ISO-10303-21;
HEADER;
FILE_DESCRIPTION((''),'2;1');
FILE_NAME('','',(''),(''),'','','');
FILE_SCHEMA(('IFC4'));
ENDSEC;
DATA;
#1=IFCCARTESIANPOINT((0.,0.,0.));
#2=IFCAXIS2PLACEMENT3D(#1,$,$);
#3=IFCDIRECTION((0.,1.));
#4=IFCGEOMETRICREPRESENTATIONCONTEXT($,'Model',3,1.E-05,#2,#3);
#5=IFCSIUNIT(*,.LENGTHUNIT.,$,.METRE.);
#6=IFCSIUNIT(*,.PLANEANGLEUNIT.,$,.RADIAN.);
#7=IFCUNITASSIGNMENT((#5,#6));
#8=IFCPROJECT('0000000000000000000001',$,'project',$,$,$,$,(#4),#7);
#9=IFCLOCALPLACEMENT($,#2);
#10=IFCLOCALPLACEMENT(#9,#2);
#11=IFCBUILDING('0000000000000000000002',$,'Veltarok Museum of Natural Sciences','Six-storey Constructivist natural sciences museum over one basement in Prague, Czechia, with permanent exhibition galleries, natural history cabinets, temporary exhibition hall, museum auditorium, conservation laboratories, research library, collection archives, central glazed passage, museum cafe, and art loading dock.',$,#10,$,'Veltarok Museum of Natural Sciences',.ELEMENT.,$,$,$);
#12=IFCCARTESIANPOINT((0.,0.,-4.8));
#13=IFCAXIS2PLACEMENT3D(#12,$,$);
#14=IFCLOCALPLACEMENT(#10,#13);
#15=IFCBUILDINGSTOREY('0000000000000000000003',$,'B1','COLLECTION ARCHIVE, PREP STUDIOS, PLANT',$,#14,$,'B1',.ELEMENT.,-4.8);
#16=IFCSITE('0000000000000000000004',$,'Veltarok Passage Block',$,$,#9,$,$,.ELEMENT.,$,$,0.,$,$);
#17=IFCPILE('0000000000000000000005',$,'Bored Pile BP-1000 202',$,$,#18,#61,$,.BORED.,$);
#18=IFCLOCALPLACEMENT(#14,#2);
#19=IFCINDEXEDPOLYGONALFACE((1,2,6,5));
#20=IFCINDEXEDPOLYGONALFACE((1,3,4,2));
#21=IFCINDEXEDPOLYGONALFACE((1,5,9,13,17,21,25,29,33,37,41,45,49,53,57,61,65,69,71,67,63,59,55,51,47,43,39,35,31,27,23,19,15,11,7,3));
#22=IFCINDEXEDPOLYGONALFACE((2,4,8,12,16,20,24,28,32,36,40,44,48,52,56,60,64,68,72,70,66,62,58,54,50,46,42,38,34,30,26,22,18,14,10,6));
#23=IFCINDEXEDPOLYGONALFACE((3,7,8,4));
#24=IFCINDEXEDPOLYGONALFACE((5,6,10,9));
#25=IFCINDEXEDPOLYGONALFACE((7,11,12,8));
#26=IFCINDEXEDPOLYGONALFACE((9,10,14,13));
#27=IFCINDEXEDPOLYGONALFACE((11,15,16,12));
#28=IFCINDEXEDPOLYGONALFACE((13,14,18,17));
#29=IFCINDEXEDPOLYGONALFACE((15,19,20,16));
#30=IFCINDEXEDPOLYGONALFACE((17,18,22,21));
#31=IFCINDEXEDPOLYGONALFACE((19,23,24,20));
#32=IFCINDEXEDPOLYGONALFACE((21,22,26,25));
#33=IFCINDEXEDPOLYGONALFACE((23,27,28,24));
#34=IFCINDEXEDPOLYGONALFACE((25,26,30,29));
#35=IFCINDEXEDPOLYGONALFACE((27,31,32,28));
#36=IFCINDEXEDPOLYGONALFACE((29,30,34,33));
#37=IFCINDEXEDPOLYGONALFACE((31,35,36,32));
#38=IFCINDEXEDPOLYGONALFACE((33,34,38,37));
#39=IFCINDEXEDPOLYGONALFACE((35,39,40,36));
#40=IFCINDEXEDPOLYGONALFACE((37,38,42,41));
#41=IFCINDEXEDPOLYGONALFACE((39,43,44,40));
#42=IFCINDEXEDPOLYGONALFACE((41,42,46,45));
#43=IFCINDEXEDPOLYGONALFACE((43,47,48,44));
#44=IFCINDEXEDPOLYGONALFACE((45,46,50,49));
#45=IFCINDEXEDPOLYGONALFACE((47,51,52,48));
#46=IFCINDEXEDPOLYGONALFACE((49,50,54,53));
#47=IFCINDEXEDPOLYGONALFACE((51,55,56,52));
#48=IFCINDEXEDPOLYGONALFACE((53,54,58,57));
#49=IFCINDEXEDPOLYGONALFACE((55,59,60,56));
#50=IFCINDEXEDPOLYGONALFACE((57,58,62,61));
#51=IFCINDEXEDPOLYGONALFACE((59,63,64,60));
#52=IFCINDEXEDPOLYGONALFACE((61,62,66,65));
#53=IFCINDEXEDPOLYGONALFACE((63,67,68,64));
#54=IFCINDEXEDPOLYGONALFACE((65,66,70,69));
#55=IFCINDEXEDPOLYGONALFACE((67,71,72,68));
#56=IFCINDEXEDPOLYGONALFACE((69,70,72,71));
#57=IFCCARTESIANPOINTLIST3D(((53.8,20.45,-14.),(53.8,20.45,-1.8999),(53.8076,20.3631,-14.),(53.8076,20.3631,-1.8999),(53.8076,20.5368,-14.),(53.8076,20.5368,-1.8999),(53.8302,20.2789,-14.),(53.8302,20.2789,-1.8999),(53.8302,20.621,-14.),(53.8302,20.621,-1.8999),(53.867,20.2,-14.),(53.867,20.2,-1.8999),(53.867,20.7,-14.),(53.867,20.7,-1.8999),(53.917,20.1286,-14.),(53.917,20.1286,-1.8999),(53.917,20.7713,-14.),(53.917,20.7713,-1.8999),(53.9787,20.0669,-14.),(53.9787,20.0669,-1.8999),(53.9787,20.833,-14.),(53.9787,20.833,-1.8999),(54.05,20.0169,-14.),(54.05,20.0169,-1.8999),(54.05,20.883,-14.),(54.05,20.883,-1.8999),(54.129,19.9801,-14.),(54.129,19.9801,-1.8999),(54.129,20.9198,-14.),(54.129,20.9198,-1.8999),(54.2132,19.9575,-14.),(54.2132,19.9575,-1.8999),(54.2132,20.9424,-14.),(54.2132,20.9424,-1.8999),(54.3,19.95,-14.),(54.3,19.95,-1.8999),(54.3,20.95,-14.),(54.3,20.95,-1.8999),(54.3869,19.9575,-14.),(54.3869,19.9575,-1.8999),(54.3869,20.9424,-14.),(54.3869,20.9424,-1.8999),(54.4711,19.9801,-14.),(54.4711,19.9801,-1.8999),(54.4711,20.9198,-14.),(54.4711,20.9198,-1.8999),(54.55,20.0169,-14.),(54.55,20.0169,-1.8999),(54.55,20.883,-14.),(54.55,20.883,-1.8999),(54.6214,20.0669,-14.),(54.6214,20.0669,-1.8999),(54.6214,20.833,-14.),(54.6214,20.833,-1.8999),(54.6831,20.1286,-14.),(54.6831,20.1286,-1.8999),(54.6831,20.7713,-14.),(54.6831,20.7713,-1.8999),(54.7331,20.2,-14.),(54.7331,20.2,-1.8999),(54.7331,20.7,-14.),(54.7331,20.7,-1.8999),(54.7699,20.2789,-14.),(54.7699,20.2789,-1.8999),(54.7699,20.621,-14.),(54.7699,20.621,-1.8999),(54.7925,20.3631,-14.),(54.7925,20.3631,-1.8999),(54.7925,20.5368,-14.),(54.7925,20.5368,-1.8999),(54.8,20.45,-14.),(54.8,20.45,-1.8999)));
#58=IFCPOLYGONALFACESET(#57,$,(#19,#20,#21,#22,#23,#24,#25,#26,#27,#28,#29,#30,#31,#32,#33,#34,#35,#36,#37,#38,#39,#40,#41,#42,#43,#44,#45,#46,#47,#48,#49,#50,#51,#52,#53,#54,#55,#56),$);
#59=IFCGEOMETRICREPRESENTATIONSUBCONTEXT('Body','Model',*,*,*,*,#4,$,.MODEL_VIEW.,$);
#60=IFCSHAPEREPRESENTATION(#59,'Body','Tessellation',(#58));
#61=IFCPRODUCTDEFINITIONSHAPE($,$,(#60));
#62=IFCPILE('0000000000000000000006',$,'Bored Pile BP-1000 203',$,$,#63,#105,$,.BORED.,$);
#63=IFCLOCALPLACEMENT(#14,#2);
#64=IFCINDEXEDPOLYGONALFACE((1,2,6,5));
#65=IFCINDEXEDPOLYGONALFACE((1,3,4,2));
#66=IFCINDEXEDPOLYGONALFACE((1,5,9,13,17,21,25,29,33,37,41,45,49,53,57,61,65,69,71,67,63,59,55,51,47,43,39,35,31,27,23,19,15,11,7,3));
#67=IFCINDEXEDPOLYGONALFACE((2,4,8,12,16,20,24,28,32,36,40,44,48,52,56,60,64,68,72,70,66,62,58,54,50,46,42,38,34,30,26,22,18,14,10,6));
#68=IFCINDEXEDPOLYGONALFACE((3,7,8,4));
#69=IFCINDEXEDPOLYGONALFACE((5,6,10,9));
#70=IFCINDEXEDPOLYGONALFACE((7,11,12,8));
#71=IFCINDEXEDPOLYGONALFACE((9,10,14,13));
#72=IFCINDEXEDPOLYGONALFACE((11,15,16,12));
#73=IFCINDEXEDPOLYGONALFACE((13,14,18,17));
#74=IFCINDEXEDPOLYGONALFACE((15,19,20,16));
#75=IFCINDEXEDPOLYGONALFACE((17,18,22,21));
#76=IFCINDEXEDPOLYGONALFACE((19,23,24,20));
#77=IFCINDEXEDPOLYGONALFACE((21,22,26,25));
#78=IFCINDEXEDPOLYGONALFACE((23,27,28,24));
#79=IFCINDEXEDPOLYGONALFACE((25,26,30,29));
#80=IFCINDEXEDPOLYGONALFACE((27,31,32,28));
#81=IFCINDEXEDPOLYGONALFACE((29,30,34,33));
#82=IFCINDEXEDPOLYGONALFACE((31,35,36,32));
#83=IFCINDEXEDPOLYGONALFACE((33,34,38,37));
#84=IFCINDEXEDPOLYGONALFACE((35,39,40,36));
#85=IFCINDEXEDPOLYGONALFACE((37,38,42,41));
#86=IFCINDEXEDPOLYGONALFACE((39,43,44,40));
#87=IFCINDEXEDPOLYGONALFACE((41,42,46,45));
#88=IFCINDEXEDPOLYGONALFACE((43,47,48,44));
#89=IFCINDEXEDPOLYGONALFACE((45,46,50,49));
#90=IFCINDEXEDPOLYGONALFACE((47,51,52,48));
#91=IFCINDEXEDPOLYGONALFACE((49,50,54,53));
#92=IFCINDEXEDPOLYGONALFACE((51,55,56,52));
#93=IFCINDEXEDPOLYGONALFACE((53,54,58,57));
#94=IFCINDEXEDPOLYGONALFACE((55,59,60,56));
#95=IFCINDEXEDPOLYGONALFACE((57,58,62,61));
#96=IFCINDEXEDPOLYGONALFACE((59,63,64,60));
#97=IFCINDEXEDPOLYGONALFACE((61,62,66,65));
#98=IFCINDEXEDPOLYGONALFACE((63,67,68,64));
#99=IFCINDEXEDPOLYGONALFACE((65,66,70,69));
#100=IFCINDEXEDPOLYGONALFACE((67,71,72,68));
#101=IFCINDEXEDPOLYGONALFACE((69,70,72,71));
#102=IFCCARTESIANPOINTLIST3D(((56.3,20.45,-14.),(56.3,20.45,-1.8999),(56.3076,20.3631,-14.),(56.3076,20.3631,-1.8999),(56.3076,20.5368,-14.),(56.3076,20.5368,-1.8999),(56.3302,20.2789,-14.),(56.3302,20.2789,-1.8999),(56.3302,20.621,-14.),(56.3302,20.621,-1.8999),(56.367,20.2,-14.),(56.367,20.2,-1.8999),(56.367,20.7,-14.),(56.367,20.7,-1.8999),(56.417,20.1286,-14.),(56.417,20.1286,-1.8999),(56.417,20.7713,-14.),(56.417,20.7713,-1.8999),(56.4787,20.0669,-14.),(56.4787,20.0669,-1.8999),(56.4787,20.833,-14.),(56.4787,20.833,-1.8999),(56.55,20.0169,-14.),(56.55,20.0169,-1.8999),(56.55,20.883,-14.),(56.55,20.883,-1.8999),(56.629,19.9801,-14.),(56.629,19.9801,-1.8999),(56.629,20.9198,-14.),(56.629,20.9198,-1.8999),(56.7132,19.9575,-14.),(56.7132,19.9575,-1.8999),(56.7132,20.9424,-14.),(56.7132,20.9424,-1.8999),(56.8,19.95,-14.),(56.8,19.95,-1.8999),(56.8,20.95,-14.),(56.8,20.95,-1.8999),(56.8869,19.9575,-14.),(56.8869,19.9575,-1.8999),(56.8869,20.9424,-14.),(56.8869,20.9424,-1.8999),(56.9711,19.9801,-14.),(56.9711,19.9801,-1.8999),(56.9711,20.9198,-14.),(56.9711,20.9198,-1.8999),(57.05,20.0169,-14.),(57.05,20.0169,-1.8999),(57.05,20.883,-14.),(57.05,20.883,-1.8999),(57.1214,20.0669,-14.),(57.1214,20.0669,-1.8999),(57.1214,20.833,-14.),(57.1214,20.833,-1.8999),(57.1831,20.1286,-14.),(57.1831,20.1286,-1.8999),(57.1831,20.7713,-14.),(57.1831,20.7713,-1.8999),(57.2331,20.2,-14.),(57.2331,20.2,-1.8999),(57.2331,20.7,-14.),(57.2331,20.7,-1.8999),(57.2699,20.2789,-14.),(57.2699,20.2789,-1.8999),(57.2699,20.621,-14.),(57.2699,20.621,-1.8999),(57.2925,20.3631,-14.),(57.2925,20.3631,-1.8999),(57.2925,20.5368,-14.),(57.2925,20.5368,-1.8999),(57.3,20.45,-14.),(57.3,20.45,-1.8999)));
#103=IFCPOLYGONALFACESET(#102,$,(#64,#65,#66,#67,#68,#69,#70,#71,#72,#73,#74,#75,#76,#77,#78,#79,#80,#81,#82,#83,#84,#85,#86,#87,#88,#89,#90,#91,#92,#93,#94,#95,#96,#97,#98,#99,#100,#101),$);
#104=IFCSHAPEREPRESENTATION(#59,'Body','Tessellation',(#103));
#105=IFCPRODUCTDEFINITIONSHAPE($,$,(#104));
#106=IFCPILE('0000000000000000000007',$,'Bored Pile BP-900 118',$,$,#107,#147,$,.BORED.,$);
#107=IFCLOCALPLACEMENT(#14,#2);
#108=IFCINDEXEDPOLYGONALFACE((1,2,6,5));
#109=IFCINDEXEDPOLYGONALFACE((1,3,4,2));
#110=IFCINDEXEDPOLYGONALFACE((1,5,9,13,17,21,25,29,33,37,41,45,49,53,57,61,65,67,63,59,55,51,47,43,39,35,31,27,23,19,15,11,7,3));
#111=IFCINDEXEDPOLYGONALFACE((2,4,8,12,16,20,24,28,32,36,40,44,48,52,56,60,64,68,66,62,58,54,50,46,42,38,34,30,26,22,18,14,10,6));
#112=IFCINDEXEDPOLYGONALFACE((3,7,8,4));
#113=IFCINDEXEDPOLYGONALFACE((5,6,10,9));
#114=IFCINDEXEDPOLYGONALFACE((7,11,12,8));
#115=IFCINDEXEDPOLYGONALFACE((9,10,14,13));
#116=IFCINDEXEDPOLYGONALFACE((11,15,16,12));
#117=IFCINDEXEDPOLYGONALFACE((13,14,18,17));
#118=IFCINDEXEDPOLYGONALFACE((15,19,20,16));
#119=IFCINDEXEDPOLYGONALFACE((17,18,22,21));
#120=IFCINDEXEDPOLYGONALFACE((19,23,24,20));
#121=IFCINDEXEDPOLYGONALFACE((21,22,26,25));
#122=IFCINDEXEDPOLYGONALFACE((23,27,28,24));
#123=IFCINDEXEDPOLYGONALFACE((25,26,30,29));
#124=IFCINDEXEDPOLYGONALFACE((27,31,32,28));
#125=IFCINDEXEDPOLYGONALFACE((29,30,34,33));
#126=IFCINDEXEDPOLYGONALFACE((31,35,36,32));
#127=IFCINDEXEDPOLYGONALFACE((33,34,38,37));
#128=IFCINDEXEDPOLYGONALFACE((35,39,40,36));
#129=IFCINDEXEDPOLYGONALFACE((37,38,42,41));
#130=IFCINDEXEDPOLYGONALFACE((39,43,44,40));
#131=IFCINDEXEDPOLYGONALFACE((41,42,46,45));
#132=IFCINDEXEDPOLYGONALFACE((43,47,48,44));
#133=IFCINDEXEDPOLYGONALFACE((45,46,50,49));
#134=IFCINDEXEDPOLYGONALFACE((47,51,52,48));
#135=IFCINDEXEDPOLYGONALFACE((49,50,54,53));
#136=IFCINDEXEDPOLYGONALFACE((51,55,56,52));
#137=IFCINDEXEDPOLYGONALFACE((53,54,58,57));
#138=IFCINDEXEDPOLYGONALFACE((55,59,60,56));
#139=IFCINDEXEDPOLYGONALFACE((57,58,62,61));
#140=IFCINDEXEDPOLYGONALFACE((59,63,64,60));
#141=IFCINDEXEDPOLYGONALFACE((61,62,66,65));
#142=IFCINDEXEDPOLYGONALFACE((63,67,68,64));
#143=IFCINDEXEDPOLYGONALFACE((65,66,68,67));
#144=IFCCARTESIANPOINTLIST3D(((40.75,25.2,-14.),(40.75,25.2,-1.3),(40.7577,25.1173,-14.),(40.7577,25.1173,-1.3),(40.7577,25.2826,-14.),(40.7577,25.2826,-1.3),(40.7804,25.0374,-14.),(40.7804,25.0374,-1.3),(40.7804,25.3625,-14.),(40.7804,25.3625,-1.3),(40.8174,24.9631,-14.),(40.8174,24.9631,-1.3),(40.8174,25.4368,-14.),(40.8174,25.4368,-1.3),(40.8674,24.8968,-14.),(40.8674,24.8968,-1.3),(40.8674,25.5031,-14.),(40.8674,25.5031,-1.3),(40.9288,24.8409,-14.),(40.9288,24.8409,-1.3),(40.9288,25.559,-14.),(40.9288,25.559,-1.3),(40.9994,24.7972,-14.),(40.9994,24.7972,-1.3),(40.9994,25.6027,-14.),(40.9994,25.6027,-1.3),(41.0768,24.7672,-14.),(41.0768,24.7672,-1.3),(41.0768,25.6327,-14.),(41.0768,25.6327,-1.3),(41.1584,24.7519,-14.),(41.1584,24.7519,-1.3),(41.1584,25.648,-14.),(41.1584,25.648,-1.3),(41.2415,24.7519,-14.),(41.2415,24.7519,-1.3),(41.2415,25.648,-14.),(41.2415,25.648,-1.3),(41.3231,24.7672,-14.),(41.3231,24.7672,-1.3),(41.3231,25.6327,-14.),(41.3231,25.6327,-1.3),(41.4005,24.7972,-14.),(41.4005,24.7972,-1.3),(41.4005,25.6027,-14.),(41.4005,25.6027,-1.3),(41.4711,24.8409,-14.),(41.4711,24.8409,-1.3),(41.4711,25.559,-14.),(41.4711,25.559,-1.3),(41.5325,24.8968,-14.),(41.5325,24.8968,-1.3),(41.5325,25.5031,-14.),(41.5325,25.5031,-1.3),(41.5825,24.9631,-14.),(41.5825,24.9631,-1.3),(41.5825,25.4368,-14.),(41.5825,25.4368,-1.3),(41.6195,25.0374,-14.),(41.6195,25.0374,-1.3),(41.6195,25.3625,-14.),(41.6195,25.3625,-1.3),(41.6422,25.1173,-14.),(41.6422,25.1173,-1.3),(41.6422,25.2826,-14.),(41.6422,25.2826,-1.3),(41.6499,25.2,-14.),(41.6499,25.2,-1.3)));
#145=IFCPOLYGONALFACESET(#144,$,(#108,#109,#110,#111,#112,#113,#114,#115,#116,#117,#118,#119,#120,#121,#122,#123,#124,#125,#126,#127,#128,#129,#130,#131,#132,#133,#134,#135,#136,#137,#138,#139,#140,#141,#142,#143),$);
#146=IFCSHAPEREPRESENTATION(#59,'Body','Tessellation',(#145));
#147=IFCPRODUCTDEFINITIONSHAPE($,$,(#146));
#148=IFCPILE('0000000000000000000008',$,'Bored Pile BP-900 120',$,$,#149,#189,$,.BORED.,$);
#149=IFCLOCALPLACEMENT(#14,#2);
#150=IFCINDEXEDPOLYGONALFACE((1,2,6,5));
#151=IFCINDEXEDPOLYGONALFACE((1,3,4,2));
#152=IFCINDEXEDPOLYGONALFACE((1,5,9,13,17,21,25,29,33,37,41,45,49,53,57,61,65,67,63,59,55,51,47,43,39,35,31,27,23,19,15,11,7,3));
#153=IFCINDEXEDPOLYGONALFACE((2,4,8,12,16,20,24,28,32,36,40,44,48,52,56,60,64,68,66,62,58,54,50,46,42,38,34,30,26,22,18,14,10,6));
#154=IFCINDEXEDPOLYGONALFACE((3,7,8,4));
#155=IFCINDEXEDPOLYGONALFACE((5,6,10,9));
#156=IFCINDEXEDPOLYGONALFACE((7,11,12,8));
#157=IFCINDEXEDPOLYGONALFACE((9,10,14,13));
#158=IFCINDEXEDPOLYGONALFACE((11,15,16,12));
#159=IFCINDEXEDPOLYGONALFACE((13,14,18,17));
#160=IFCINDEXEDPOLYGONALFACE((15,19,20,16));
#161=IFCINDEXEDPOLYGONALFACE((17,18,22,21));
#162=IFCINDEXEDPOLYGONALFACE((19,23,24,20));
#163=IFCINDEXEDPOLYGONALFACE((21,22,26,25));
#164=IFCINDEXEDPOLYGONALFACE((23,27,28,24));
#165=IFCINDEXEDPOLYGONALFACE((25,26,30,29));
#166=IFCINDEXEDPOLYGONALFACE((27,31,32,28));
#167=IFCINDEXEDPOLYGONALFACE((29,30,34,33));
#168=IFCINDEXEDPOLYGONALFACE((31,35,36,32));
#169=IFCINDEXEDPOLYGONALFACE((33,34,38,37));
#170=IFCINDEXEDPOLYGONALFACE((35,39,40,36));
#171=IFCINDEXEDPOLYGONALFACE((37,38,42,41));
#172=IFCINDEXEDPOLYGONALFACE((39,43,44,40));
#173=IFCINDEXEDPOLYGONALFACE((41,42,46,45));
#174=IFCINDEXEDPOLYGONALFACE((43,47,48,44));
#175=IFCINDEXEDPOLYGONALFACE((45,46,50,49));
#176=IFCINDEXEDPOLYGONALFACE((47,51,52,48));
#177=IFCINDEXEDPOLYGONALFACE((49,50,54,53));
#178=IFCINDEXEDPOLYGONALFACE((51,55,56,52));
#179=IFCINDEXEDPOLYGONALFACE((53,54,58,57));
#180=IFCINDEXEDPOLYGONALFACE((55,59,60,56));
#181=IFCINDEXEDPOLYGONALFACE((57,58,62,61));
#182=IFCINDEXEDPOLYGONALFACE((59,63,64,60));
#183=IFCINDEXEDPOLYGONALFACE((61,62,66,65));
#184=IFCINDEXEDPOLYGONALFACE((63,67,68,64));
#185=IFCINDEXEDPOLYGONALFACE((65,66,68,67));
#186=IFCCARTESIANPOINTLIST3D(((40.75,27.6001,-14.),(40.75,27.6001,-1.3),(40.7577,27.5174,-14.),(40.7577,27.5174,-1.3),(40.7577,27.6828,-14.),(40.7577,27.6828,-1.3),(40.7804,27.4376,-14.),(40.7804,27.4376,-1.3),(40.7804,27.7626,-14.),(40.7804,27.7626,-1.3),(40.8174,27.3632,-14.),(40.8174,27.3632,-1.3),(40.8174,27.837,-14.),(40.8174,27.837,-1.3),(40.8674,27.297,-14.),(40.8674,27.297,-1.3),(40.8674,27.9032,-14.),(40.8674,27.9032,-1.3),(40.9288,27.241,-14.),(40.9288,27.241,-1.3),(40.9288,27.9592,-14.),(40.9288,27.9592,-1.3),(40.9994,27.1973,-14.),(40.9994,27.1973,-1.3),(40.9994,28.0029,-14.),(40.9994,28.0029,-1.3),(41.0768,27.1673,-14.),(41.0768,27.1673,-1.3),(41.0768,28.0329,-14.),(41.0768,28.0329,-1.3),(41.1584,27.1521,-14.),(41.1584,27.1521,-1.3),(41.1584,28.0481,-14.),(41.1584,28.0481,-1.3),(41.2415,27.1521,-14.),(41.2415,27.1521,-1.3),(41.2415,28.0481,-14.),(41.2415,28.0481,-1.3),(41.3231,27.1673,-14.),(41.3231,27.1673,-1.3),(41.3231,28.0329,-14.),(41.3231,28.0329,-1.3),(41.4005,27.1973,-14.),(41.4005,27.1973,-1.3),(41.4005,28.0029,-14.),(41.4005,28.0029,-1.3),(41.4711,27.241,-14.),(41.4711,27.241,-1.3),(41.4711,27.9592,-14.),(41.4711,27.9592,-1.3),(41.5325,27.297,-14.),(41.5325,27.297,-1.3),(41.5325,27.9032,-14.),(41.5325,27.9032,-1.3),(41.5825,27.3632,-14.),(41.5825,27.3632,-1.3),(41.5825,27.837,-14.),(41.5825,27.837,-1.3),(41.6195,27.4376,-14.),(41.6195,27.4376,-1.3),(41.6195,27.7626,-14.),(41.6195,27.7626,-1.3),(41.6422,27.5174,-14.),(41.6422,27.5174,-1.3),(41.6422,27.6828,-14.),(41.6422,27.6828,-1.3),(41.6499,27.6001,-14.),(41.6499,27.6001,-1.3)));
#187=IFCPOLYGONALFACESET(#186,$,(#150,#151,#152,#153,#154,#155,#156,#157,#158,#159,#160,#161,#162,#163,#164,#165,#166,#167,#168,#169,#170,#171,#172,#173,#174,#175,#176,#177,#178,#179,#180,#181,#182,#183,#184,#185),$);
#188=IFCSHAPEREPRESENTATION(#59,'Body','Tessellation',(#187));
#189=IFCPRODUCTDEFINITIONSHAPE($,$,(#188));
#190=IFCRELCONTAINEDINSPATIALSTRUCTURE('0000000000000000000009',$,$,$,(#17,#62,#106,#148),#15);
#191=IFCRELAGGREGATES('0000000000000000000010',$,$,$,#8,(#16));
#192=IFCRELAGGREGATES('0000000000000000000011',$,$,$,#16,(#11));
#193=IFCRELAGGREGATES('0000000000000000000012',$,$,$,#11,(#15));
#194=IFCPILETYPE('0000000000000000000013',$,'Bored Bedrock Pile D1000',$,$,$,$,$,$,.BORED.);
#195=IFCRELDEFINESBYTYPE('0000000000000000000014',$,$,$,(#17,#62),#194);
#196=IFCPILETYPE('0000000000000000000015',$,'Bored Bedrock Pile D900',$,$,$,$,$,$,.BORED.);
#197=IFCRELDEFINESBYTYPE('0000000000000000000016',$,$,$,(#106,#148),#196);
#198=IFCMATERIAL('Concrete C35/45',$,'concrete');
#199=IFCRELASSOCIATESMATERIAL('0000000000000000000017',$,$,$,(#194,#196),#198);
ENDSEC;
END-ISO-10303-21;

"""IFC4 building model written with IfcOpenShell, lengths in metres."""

from ifc_helpers import new_model, si_unit, direction, frame, origin, origin_2d, place, context, subcontext, project, spatial, circle, extrude, material, material_profile, profile_set, type_object, element, save


model = new_model("IFC4")

# Units and contexts
model_context = context("Model", 3, precision=1e-05, world=origin(), true_north=direction((0.0, 1.0)))
body_context = subcontext(model_context, "Body", "Model", "MODEL_VIEW")
ifc_project = project(units=[si_unit("LENGTHUNIT", "METRE"), si_unit("PLANEANGLEUNIT", "RADIAN")], contexts=[model_context])

# Site, building, storey
site_placement = place(None, origin())
site = spatial("IfcSite", under=ifc_project, at=site_placement, Name="Veltarok Passage Block", CompositionType="ELEMENT", RefElevation=0.0)
building_placement = place(site_placement, origin())
building = spatial("IfcBuilding", under=site, at=building_placement, Name="Veltarok Museum of Natural Sciences", Description="Six-storey Constructivist natural sciences museum over one basement in Prague, Czechia, with permanent exhibition galleries, natural history cabinets, temporary exhibition hall, museum auditorium, conservation laboratories, research library, collection archives, central glazed passage, museum cafe, and art loading dock.", LongName="Veltarok Museum of Natural Sciences", CompositionType="ELEMENT")
storey_placement = place(building_placement, frame((0.0, 0.0, -4.8)))
storey = spatial("IfcBuildingStorey", under=building, at=storey_placement, Name="B1", Description="COLLECTION ARCHIVE, PREP STUDIOS, PLANT", LongName="B1", CompositionType="ELEMENT", Elevation=-4.8)

# Piles
ifc_material_1 = material(Name="Concrete C35/45", Category="concrete")
ifc_material_profile_1 = material_profile(ifc_material_1, circle(Radius=0.5, at=origin_2d()), Name="BP D1000")
ifc_profile_set_1 = profile_set([ifc_material_profile_1], Name="Concrete C35/45")
pile_type_1 = type_object("IfcPileType", Name="Bored Bedrock Pile D1000", PredefinedType="BORED", material=ifc_profile_set_1)
for number, where, z_axis, x_axis, name in (
    (1, (54.3, 20.45, -1.8999), (0.0, 0.0, -1.0), (1.0, 0.0, 0.0), "Bored Pile BP-1000 202"),
    (2, (56.8, 20.45, -1.8999), (0.0, 0.0, -1.0), (1.0, 0.0, 0.0), "Bored Pile BP-1000 203"),
):
    element("IfcPile", number, at=place(storey_placement, frame(where, z_axis=z_axis, x_axis=x_axis)), inside=storey, type_object=pile_type_1, Name=name, PredefinedType="BORED", context=body_context, shape_type="SweptSolid", body=[
        extrude(circle(Radius=0.5, at=origin_2d()), origin(), (0.0, 0.0, 1.0), 12.1001),
    ])
ifc_material_profile_2 = material_profile(ifc_material_1, circle(Radius=0.45, at=origin_2d()), Name="BP D900")
ifc_profile_set_2 = profile_set([ifc_material_profile_2], Name="Concrete C35/45")
pile_type_2 = type_object("IfcPileType", Name="Bored Bedrock Pile D900", PredefinedType="BORED", material=ifc_profile_set_2)
for number, where, z_axis, x_axis, name in (
    (3, (41.2, 25.2, -1.3), (0.0, 0.0, -1.0), (1.0, 0.0, 0.0), "Bored Pile BP-900 118"),
    (4, (41.2, 27.6001, -1.3), (0.0, 0.0, -1.0), (1.0, 0.0, 0.0), "Bored Pile BP-900 120"),
):
    element("IfcPile", number, at=place(storey_placement, frame(where, z_axis=z_axis, x_axis=x_axis)), inside=storey, type_object=pile_type_2, Name=name, PredefinedType="BORED", context=body_context, shape_type="SweptSolid", body=[
        extrude(circle(Radius=0.45, at=origin_2d()), origin(), (0.0, 0.0, 1.0), 12.7),
    ])

save(model, "model.ifc")
